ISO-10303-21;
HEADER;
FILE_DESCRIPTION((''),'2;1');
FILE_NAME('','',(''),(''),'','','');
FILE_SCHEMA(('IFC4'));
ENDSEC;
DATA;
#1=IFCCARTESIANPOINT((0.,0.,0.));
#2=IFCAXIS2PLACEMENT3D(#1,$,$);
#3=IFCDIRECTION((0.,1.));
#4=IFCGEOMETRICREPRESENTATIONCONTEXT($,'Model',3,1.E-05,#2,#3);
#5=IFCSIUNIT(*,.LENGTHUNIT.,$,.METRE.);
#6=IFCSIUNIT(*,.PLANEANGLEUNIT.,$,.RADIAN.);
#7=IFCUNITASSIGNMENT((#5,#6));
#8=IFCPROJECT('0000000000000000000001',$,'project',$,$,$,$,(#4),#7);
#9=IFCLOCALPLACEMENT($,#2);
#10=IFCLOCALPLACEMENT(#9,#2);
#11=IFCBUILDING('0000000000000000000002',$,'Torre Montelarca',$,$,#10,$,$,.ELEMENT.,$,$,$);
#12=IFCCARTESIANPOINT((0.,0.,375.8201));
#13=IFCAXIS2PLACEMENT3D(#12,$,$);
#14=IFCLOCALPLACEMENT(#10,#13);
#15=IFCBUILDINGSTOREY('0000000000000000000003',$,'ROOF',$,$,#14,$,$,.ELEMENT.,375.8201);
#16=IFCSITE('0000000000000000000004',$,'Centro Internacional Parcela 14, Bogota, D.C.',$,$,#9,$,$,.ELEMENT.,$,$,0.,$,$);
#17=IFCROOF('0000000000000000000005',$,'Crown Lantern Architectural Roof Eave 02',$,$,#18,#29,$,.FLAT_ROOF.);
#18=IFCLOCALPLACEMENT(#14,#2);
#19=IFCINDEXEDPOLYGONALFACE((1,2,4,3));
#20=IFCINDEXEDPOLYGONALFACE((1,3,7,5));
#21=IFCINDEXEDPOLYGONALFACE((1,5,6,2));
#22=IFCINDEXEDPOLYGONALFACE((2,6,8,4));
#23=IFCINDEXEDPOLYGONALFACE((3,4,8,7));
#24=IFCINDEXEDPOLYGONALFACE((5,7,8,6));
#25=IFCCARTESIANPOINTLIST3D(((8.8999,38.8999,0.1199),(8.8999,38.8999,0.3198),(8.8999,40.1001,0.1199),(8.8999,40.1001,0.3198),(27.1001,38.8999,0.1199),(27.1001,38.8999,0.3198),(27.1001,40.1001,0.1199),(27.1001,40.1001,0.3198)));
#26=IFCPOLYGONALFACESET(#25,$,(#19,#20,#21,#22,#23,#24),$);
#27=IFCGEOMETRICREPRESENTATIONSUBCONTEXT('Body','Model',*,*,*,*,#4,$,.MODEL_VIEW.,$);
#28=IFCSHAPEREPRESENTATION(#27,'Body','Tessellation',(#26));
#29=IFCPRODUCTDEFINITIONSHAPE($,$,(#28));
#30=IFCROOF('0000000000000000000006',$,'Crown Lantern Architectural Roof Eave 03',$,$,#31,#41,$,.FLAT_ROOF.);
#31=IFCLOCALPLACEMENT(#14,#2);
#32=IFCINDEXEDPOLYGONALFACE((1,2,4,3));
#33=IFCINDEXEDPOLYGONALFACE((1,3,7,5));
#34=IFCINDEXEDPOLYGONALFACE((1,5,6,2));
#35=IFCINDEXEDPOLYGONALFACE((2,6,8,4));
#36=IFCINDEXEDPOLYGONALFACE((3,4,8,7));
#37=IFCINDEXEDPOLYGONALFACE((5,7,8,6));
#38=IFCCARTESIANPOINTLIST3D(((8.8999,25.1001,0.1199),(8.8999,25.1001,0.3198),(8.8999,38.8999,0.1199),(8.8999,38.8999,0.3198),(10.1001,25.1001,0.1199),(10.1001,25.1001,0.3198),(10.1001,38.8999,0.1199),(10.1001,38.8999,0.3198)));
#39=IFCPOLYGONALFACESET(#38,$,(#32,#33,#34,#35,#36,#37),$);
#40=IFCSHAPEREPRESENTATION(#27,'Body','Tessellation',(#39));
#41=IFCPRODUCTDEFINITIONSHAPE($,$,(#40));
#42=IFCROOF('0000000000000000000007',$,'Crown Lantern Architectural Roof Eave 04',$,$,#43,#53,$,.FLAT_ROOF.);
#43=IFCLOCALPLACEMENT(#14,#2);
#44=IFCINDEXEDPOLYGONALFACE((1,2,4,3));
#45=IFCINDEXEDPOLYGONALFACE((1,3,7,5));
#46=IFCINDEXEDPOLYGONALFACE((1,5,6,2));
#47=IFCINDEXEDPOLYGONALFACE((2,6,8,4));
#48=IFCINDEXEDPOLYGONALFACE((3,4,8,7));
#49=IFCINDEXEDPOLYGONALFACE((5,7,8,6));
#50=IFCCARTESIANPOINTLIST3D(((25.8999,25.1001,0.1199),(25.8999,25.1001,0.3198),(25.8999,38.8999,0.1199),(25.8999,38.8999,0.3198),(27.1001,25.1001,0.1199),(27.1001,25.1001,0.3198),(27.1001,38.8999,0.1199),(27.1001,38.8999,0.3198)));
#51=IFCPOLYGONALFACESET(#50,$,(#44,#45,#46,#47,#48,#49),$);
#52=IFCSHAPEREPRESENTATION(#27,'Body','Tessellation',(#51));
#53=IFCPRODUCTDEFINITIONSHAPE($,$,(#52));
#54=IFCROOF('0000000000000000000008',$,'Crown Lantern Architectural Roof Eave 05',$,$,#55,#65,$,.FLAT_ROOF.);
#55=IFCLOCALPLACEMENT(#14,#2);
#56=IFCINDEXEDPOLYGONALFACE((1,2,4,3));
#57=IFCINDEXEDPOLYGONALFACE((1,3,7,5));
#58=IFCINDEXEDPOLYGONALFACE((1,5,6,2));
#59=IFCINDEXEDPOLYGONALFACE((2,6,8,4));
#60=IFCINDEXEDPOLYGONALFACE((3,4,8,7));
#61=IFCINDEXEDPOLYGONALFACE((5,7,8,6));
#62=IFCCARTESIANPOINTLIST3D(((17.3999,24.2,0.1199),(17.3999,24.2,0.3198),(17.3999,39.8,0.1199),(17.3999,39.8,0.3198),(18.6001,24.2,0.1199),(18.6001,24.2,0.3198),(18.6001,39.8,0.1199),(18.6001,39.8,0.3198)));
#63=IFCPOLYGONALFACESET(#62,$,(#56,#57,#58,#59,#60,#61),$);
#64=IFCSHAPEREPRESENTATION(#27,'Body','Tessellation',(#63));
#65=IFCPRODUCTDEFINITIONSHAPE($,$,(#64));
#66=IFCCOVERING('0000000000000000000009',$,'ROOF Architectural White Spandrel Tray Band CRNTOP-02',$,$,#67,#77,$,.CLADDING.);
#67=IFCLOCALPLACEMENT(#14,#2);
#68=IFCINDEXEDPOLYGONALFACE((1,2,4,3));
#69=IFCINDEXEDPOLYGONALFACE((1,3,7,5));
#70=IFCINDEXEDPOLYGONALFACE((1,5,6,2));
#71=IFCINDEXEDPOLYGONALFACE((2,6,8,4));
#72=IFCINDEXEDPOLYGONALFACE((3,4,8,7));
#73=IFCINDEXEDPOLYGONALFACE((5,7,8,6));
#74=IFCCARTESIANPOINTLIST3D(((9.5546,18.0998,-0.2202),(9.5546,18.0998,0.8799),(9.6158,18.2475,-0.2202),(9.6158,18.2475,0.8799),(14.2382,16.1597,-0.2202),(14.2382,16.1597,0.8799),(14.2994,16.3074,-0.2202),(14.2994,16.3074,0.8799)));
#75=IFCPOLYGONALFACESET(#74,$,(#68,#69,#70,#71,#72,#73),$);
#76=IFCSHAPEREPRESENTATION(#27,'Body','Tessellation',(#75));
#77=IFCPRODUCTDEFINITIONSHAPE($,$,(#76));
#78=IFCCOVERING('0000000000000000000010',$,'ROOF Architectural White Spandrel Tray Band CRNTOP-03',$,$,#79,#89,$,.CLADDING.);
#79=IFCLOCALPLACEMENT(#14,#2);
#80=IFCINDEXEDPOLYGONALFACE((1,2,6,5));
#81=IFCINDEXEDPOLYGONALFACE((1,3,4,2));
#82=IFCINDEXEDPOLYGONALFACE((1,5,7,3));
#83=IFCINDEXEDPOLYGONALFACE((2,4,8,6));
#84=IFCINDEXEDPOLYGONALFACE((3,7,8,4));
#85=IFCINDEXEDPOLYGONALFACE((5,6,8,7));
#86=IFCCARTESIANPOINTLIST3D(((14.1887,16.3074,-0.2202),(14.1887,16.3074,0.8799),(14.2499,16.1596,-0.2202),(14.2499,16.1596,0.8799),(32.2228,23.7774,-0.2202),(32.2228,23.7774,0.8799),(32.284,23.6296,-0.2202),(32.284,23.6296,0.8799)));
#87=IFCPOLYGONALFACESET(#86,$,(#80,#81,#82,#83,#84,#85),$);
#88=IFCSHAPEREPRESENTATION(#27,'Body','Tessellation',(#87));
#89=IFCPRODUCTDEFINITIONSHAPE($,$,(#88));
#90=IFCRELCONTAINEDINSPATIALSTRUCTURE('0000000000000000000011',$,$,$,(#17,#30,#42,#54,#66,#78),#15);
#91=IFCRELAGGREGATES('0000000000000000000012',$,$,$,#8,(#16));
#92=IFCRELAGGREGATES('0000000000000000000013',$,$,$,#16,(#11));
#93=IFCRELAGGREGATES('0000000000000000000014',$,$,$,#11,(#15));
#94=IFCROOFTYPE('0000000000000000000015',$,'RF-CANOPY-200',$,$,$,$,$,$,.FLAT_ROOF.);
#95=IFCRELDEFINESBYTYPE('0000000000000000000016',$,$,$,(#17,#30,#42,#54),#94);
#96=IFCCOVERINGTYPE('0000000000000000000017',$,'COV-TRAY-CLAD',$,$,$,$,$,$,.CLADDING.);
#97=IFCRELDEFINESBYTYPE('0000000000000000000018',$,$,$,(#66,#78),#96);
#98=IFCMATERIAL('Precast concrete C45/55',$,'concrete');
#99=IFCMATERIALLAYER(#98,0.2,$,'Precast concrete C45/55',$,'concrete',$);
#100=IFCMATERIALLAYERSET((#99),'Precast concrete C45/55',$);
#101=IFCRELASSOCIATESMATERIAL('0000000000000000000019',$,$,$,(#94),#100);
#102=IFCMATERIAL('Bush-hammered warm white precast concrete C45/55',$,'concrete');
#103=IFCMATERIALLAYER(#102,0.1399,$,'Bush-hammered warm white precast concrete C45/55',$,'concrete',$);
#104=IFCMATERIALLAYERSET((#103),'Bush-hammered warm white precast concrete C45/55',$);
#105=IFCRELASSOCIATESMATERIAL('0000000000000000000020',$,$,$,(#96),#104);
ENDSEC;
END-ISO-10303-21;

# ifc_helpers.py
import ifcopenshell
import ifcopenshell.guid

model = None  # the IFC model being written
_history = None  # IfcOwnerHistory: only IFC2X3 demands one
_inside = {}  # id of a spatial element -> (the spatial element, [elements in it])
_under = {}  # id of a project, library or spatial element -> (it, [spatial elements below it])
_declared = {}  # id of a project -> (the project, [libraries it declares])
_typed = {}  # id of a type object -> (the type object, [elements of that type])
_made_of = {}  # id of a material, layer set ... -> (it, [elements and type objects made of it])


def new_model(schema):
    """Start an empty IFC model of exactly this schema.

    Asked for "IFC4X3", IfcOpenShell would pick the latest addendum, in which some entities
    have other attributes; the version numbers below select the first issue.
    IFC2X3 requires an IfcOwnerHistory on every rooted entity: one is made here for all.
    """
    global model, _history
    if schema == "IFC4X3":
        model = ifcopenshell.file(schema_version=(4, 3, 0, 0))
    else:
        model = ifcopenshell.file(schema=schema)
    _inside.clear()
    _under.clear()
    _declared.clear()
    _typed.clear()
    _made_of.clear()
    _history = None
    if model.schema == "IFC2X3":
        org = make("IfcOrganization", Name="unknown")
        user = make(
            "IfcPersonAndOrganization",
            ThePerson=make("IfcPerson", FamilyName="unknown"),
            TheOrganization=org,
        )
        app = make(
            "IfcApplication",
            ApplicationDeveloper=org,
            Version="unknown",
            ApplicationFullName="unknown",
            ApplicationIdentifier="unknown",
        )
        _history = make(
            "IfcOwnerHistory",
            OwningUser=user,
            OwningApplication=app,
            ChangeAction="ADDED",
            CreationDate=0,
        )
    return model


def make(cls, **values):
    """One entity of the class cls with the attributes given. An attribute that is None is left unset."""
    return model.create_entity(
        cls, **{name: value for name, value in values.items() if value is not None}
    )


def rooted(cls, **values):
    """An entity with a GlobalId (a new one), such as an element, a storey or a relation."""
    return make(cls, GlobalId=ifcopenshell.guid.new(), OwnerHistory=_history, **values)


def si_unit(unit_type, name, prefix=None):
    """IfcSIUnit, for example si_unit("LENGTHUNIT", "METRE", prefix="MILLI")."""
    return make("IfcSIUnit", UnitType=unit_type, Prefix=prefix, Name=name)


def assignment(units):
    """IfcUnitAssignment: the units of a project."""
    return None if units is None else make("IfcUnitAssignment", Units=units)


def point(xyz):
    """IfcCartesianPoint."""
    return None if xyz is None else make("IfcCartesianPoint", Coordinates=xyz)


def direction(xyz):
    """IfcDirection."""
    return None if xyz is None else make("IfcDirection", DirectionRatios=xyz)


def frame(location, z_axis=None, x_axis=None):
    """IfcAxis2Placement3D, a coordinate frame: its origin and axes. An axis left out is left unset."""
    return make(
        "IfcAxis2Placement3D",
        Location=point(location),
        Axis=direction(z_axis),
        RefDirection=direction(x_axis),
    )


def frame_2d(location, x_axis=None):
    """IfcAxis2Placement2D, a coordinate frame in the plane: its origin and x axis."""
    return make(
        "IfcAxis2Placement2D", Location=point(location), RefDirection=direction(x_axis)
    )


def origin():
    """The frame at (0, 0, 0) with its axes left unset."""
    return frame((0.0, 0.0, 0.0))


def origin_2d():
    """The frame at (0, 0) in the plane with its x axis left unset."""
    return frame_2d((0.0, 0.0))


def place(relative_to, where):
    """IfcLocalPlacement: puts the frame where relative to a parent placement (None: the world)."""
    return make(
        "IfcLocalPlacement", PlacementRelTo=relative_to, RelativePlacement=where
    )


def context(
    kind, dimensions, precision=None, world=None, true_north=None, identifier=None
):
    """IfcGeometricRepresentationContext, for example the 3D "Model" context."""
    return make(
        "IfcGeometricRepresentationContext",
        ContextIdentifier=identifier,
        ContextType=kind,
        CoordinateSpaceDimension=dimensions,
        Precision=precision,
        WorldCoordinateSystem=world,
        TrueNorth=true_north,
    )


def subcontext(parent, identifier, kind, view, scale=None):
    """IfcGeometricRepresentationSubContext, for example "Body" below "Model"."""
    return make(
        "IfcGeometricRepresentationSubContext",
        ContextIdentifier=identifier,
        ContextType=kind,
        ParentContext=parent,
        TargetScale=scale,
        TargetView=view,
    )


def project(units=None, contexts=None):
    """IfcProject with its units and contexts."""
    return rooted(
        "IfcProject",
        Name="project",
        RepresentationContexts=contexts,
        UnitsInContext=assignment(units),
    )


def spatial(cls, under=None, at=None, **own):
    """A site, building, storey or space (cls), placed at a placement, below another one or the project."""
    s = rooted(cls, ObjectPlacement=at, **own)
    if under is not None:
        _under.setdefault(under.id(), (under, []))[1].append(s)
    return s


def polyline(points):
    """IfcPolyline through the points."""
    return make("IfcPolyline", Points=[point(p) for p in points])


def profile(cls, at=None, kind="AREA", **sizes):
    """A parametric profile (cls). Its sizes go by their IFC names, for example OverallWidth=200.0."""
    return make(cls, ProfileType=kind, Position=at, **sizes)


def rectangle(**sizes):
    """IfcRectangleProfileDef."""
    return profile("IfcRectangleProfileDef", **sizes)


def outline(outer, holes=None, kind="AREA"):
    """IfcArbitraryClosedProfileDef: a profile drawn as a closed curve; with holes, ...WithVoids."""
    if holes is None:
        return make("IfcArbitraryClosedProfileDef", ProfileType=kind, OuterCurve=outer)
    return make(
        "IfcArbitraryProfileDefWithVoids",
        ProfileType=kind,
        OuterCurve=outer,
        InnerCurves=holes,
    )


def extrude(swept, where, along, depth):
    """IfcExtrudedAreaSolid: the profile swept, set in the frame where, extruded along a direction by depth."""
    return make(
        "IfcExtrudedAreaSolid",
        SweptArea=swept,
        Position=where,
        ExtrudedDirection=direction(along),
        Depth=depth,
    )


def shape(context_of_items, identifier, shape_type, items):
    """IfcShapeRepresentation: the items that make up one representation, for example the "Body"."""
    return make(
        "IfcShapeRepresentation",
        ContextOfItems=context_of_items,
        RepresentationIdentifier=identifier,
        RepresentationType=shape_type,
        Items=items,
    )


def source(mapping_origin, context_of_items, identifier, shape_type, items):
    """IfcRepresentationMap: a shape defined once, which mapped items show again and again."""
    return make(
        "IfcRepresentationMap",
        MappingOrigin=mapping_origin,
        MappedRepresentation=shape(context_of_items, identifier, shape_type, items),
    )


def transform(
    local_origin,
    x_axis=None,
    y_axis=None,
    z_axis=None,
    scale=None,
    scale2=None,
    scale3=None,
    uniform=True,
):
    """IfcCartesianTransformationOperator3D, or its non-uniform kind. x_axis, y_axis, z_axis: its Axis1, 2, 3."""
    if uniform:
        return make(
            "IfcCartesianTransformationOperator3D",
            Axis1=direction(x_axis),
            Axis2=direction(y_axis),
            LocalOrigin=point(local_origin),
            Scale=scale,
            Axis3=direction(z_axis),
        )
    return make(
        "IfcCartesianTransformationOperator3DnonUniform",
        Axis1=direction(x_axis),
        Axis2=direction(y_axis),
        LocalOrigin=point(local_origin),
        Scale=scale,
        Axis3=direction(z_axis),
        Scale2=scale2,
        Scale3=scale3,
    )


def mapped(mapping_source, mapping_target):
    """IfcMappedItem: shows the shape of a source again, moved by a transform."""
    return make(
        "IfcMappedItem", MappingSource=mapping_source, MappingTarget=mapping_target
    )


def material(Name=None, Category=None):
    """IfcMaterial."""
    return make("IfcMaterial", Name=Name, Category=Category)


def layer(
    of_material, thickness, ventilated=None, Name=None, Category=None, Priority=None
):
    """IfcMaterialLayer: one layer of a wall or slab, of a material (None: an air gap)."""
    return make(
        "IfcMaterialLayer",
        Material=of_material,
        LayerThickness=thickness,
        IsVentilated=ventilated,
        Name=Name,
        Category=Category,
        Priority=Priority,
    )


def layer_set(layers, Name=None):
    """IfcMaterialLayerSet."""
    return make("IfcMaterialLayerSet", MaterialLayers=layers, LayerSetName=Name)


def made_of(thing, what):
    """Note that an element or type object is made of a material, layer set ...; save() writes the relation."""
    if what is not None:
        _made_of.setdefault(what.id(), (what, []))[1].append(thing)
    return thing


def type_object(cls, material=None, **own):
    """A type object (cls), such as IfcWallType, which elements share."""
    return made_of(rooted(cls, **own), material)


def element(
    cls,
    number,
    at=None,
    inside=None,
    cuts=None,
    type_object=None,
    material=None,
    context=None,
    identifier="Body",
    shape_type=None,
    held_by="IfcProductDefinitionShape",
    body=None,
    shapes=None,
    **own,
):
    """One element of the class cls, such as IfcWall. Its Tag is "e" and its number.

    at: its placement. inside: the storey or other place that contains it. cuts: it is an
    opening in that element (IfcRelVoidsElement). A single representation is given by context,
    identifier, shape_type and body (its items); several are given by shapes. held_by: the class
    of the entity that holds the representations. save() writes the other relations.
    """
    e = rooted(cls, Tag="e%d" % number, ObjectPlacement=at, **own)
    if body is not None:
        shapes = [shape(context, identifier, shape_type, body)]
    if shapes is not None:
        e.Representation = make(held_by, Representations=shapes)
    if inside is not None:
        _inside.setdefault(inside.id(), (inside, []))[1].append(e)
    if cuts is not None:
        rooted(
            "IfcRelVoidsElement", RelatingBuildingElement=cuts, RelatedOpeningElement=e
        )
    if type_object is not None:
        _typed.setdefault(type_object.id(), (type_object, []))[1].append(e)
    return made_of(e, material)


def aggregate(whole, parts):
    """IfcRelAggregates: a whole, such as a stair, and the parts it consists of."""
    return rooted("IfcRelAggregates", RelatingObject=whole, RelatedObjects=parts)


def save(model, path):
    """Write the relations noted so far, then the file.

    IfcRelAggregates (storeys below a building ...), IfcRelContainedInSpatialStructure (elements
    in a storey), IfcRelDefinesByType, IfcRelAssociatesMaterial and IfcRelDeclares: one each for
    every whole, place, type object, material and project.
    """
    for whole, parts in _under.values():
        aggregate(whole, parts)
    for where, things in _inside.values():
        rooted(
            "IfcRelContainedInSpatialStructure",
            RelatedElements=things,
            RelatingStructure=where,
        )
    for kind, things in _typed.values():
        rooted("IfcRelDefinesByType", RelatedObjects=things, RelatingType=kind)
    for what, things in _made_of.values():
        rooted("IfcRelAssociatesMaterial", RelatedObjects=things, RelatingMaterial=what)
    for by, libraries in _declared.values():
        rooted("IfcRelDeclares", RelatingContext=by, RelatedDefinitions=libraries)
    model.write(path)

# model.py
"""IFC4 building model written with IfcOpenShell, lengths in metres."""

from ifc_helpers import new_model, si_unit, direction, frame, origin, origin_2d, place, context, subcontext, project, spatial, polyline, rectangle, outline, extrude, source, transform, mapped, material, layer, layer_set, type_object, element, save


model = new_model("IFC4")

# Units and contexts
model_context = context("Model", 3, precision=1e-05, world=origin(), true_north=direction((0.0, 1.0)))
body_context = subcontext(model_context, "Body", "Model", "MODEL_VIEW")
ifc_project = project(units=[si_unit("LENGTHUNIT", "METRE"), si_unit("PLANEANGLEUNIT", "RADIAN")], contexts=[model_context])

# Site, building, storey
site_placement = place(None, origin())
site = spatial("IfcSite", under=ifc_project, at=site_placement, Name="Centro Internacional Parcela 14, Bogota, D.C.", CompositionType="ELEMENT", RefElevation=0.0)
building_placement = place(site_placement, origin())
building = spatial("IfcBuilding", under=site, at=building_placement, Name="Torre Montelarca", CompositionType="ELEMENT")
storey_placement = place(building_placement, frame((0.0, 0.0, 375.8201)))
storey = spatial("IfcBuildingStorey", under=building, at=storey_placement, Name="ROOF", CompositionType="ELEMENT", Elevation=375.8201)

# Roofs
ifc_material_1 = material(Name="Precast concrete C45/55", Category="concrete")
ifc_layer_1 = layer(ifc_material_1, 0.2, Name="Precast concrete C45/55", Category="concrete")
ifc_layer_set_1 = layer_set([ifc_layer_1], Name="Precast concrete C45/55")
roof_type = type_object("IfcRoofType", Name="RF-CANOPY-200", PredefinedType="FLAT_ROOF", material=ifc_layer_set_1)
roof_1_placement = place(storey_placement, frame((0.0, 0.0, 0.1199)))
element("IfcRoof", 1, at=roof_1_placement, inside=storey, type_object=roof_type, Name="Crown Lantern Architectural Roof Eave 02", PredefinedType="FLAT_ROOF", context=body_context, shape_type="SweptSolid", body=[
    extrude(outline(polyline([(8.8999, 38.8999), (27.1001, 38.8999), (27.1001, 40.1001), (8.8999, 40.1001), (8.8999, 38.8999)])), origin(), (0.0, 0.0, 1.0), 0.2),
])
roof_2_placement = place(storey_placement, frame((0.0, 0.0, 0.1199)))
element("IfcRoof", 2, at=roof_2_placement, inside=storey, type_object=roof_type, Name="Crown Lantern Architectural Roof Eave 03", PredefinedType="FLAT_ROOF", context=body_context, shape_type="SweptSolid", body=[
    extrude(outline(polyline([(8.8999, 25.1001), (10.1001, 25.1001), (10.1001, 38.8999), (8.8999, 38.8999), (8.8999, 25.1001)])), origin(), (0.0, 0.0, 1.0), 0.2),
])
roof_3_placement = place(storey_placement, frame((0.0, 0.0, 0.1199)))
element("IfcRoof", 3, at=roof_3_placement, inside=storey, type_object=roof_type, Name="Crown Lantern Architectural Roof Eave 04", PredefinedType="FLAT_ROOF", context=body_context, shape_type="SweptSolid", body=[
    extrude(outline(polyline([(25.8999, 25.1001), (27.1001, 25.1001), (27.1001, 38.8999), (25.8999, 38.8999), (25.8999, 25.1001)])), origin(), (0.0, 0.0, 1.0), 0.2),
])
roof_4_placement = place(storey_placement, frame((0.0, 0.0, 0.1199)))
element("IfcRoof", 4, at=roof_4_placement, inside=storey, type_object=roof_type, Name="Crown Lantern Architectural Roof Eave 05", PredefinedType="FLAT_ROOF", context=body_context, shape_type="SweptSolid", body=[
    extrude(outline(polyline([(17.3999, 24.2), (18.6001, 24.2), (18.6001, 39.8), (17.3999, 39.8), (17.3999, 24.2)])), origin(), (0.0, 0.0, 1.0), 0.2),
])

# Coverings
ifc_material_2 = material(Name="Bush-hammered warm white precast concrete C45/55", Category="concrete")
ifc_layer_2 = layer(ifc_material_2, 0.1399, Name="Bush-hammered warm white precast concrete C45/55", Category="concrete")
ifc_layer_set_2 = layer_set([ifc_layer_2], Name="Bush-hammered warm white precast concrete C45/55")
covering_type = type_object("IfcCoveringType", Name="COV-TRAY-CLAD", PredefinedType="CLADDING", material=ifc_layer_set_2)
shared_shape_1 = source(origin(), body_context, "Body", "SweptSolid", [
    extrude(rectangle(XDim=5.0696, YDim=0.1599, at=origin_2d()), origin(), (0.0, 0.0, 1.0), 1.1001),
])
covering_1_placement = place(storey_placement, frame((11.927, 17.2036, -0.2202), z_axis=(0.0, 0.0, 1.0), x_axis=(0.923876, -0.382691, 0.0)))
element("IfcCovering", 5, at=covering_1_placement, inside=storey, type_object=covering_type, Name="ROOF Architectural White Spandrel Tray Band CRNTOP-02", PredefinedType="CLADDING", context=body_context, shape_type="MappedRepresentation", body=[
    mapped(shared_shape_1, transform((0.0, 0.0, 0.0), scale=1.0)),
])
shared_shape_2 = source(origin(), body_context, "Body", "SweptSolid", [
    extrude(rectangle(XDim=19.52, YDim=0.1599, at=origin_2d()), origin(), (0.0, 0.0, 1.0), 1.1001),
])
covering_2_placement = place(storey_placement, frame((23.2363, 19.9685, -0.2202), z_axis=(0.0, 0.0, 1.0), x_axis=(0.923879, 0.382685, 0.0)))
element("IfcCovering", 6, at=covering_2_placement, inside=storey, type_object=covering_type, Name="ROOF Architectural White Spandrel Tray Band CRNTOP-03", PredefinedType="CLADDING", context=body_context, shape_type="MappedRepresentation", body=[
    mapped(shared_shape_2, transform((0.0, 0.0, 0.0), scale=1.0)),
])

save(model, "model.ifc")
